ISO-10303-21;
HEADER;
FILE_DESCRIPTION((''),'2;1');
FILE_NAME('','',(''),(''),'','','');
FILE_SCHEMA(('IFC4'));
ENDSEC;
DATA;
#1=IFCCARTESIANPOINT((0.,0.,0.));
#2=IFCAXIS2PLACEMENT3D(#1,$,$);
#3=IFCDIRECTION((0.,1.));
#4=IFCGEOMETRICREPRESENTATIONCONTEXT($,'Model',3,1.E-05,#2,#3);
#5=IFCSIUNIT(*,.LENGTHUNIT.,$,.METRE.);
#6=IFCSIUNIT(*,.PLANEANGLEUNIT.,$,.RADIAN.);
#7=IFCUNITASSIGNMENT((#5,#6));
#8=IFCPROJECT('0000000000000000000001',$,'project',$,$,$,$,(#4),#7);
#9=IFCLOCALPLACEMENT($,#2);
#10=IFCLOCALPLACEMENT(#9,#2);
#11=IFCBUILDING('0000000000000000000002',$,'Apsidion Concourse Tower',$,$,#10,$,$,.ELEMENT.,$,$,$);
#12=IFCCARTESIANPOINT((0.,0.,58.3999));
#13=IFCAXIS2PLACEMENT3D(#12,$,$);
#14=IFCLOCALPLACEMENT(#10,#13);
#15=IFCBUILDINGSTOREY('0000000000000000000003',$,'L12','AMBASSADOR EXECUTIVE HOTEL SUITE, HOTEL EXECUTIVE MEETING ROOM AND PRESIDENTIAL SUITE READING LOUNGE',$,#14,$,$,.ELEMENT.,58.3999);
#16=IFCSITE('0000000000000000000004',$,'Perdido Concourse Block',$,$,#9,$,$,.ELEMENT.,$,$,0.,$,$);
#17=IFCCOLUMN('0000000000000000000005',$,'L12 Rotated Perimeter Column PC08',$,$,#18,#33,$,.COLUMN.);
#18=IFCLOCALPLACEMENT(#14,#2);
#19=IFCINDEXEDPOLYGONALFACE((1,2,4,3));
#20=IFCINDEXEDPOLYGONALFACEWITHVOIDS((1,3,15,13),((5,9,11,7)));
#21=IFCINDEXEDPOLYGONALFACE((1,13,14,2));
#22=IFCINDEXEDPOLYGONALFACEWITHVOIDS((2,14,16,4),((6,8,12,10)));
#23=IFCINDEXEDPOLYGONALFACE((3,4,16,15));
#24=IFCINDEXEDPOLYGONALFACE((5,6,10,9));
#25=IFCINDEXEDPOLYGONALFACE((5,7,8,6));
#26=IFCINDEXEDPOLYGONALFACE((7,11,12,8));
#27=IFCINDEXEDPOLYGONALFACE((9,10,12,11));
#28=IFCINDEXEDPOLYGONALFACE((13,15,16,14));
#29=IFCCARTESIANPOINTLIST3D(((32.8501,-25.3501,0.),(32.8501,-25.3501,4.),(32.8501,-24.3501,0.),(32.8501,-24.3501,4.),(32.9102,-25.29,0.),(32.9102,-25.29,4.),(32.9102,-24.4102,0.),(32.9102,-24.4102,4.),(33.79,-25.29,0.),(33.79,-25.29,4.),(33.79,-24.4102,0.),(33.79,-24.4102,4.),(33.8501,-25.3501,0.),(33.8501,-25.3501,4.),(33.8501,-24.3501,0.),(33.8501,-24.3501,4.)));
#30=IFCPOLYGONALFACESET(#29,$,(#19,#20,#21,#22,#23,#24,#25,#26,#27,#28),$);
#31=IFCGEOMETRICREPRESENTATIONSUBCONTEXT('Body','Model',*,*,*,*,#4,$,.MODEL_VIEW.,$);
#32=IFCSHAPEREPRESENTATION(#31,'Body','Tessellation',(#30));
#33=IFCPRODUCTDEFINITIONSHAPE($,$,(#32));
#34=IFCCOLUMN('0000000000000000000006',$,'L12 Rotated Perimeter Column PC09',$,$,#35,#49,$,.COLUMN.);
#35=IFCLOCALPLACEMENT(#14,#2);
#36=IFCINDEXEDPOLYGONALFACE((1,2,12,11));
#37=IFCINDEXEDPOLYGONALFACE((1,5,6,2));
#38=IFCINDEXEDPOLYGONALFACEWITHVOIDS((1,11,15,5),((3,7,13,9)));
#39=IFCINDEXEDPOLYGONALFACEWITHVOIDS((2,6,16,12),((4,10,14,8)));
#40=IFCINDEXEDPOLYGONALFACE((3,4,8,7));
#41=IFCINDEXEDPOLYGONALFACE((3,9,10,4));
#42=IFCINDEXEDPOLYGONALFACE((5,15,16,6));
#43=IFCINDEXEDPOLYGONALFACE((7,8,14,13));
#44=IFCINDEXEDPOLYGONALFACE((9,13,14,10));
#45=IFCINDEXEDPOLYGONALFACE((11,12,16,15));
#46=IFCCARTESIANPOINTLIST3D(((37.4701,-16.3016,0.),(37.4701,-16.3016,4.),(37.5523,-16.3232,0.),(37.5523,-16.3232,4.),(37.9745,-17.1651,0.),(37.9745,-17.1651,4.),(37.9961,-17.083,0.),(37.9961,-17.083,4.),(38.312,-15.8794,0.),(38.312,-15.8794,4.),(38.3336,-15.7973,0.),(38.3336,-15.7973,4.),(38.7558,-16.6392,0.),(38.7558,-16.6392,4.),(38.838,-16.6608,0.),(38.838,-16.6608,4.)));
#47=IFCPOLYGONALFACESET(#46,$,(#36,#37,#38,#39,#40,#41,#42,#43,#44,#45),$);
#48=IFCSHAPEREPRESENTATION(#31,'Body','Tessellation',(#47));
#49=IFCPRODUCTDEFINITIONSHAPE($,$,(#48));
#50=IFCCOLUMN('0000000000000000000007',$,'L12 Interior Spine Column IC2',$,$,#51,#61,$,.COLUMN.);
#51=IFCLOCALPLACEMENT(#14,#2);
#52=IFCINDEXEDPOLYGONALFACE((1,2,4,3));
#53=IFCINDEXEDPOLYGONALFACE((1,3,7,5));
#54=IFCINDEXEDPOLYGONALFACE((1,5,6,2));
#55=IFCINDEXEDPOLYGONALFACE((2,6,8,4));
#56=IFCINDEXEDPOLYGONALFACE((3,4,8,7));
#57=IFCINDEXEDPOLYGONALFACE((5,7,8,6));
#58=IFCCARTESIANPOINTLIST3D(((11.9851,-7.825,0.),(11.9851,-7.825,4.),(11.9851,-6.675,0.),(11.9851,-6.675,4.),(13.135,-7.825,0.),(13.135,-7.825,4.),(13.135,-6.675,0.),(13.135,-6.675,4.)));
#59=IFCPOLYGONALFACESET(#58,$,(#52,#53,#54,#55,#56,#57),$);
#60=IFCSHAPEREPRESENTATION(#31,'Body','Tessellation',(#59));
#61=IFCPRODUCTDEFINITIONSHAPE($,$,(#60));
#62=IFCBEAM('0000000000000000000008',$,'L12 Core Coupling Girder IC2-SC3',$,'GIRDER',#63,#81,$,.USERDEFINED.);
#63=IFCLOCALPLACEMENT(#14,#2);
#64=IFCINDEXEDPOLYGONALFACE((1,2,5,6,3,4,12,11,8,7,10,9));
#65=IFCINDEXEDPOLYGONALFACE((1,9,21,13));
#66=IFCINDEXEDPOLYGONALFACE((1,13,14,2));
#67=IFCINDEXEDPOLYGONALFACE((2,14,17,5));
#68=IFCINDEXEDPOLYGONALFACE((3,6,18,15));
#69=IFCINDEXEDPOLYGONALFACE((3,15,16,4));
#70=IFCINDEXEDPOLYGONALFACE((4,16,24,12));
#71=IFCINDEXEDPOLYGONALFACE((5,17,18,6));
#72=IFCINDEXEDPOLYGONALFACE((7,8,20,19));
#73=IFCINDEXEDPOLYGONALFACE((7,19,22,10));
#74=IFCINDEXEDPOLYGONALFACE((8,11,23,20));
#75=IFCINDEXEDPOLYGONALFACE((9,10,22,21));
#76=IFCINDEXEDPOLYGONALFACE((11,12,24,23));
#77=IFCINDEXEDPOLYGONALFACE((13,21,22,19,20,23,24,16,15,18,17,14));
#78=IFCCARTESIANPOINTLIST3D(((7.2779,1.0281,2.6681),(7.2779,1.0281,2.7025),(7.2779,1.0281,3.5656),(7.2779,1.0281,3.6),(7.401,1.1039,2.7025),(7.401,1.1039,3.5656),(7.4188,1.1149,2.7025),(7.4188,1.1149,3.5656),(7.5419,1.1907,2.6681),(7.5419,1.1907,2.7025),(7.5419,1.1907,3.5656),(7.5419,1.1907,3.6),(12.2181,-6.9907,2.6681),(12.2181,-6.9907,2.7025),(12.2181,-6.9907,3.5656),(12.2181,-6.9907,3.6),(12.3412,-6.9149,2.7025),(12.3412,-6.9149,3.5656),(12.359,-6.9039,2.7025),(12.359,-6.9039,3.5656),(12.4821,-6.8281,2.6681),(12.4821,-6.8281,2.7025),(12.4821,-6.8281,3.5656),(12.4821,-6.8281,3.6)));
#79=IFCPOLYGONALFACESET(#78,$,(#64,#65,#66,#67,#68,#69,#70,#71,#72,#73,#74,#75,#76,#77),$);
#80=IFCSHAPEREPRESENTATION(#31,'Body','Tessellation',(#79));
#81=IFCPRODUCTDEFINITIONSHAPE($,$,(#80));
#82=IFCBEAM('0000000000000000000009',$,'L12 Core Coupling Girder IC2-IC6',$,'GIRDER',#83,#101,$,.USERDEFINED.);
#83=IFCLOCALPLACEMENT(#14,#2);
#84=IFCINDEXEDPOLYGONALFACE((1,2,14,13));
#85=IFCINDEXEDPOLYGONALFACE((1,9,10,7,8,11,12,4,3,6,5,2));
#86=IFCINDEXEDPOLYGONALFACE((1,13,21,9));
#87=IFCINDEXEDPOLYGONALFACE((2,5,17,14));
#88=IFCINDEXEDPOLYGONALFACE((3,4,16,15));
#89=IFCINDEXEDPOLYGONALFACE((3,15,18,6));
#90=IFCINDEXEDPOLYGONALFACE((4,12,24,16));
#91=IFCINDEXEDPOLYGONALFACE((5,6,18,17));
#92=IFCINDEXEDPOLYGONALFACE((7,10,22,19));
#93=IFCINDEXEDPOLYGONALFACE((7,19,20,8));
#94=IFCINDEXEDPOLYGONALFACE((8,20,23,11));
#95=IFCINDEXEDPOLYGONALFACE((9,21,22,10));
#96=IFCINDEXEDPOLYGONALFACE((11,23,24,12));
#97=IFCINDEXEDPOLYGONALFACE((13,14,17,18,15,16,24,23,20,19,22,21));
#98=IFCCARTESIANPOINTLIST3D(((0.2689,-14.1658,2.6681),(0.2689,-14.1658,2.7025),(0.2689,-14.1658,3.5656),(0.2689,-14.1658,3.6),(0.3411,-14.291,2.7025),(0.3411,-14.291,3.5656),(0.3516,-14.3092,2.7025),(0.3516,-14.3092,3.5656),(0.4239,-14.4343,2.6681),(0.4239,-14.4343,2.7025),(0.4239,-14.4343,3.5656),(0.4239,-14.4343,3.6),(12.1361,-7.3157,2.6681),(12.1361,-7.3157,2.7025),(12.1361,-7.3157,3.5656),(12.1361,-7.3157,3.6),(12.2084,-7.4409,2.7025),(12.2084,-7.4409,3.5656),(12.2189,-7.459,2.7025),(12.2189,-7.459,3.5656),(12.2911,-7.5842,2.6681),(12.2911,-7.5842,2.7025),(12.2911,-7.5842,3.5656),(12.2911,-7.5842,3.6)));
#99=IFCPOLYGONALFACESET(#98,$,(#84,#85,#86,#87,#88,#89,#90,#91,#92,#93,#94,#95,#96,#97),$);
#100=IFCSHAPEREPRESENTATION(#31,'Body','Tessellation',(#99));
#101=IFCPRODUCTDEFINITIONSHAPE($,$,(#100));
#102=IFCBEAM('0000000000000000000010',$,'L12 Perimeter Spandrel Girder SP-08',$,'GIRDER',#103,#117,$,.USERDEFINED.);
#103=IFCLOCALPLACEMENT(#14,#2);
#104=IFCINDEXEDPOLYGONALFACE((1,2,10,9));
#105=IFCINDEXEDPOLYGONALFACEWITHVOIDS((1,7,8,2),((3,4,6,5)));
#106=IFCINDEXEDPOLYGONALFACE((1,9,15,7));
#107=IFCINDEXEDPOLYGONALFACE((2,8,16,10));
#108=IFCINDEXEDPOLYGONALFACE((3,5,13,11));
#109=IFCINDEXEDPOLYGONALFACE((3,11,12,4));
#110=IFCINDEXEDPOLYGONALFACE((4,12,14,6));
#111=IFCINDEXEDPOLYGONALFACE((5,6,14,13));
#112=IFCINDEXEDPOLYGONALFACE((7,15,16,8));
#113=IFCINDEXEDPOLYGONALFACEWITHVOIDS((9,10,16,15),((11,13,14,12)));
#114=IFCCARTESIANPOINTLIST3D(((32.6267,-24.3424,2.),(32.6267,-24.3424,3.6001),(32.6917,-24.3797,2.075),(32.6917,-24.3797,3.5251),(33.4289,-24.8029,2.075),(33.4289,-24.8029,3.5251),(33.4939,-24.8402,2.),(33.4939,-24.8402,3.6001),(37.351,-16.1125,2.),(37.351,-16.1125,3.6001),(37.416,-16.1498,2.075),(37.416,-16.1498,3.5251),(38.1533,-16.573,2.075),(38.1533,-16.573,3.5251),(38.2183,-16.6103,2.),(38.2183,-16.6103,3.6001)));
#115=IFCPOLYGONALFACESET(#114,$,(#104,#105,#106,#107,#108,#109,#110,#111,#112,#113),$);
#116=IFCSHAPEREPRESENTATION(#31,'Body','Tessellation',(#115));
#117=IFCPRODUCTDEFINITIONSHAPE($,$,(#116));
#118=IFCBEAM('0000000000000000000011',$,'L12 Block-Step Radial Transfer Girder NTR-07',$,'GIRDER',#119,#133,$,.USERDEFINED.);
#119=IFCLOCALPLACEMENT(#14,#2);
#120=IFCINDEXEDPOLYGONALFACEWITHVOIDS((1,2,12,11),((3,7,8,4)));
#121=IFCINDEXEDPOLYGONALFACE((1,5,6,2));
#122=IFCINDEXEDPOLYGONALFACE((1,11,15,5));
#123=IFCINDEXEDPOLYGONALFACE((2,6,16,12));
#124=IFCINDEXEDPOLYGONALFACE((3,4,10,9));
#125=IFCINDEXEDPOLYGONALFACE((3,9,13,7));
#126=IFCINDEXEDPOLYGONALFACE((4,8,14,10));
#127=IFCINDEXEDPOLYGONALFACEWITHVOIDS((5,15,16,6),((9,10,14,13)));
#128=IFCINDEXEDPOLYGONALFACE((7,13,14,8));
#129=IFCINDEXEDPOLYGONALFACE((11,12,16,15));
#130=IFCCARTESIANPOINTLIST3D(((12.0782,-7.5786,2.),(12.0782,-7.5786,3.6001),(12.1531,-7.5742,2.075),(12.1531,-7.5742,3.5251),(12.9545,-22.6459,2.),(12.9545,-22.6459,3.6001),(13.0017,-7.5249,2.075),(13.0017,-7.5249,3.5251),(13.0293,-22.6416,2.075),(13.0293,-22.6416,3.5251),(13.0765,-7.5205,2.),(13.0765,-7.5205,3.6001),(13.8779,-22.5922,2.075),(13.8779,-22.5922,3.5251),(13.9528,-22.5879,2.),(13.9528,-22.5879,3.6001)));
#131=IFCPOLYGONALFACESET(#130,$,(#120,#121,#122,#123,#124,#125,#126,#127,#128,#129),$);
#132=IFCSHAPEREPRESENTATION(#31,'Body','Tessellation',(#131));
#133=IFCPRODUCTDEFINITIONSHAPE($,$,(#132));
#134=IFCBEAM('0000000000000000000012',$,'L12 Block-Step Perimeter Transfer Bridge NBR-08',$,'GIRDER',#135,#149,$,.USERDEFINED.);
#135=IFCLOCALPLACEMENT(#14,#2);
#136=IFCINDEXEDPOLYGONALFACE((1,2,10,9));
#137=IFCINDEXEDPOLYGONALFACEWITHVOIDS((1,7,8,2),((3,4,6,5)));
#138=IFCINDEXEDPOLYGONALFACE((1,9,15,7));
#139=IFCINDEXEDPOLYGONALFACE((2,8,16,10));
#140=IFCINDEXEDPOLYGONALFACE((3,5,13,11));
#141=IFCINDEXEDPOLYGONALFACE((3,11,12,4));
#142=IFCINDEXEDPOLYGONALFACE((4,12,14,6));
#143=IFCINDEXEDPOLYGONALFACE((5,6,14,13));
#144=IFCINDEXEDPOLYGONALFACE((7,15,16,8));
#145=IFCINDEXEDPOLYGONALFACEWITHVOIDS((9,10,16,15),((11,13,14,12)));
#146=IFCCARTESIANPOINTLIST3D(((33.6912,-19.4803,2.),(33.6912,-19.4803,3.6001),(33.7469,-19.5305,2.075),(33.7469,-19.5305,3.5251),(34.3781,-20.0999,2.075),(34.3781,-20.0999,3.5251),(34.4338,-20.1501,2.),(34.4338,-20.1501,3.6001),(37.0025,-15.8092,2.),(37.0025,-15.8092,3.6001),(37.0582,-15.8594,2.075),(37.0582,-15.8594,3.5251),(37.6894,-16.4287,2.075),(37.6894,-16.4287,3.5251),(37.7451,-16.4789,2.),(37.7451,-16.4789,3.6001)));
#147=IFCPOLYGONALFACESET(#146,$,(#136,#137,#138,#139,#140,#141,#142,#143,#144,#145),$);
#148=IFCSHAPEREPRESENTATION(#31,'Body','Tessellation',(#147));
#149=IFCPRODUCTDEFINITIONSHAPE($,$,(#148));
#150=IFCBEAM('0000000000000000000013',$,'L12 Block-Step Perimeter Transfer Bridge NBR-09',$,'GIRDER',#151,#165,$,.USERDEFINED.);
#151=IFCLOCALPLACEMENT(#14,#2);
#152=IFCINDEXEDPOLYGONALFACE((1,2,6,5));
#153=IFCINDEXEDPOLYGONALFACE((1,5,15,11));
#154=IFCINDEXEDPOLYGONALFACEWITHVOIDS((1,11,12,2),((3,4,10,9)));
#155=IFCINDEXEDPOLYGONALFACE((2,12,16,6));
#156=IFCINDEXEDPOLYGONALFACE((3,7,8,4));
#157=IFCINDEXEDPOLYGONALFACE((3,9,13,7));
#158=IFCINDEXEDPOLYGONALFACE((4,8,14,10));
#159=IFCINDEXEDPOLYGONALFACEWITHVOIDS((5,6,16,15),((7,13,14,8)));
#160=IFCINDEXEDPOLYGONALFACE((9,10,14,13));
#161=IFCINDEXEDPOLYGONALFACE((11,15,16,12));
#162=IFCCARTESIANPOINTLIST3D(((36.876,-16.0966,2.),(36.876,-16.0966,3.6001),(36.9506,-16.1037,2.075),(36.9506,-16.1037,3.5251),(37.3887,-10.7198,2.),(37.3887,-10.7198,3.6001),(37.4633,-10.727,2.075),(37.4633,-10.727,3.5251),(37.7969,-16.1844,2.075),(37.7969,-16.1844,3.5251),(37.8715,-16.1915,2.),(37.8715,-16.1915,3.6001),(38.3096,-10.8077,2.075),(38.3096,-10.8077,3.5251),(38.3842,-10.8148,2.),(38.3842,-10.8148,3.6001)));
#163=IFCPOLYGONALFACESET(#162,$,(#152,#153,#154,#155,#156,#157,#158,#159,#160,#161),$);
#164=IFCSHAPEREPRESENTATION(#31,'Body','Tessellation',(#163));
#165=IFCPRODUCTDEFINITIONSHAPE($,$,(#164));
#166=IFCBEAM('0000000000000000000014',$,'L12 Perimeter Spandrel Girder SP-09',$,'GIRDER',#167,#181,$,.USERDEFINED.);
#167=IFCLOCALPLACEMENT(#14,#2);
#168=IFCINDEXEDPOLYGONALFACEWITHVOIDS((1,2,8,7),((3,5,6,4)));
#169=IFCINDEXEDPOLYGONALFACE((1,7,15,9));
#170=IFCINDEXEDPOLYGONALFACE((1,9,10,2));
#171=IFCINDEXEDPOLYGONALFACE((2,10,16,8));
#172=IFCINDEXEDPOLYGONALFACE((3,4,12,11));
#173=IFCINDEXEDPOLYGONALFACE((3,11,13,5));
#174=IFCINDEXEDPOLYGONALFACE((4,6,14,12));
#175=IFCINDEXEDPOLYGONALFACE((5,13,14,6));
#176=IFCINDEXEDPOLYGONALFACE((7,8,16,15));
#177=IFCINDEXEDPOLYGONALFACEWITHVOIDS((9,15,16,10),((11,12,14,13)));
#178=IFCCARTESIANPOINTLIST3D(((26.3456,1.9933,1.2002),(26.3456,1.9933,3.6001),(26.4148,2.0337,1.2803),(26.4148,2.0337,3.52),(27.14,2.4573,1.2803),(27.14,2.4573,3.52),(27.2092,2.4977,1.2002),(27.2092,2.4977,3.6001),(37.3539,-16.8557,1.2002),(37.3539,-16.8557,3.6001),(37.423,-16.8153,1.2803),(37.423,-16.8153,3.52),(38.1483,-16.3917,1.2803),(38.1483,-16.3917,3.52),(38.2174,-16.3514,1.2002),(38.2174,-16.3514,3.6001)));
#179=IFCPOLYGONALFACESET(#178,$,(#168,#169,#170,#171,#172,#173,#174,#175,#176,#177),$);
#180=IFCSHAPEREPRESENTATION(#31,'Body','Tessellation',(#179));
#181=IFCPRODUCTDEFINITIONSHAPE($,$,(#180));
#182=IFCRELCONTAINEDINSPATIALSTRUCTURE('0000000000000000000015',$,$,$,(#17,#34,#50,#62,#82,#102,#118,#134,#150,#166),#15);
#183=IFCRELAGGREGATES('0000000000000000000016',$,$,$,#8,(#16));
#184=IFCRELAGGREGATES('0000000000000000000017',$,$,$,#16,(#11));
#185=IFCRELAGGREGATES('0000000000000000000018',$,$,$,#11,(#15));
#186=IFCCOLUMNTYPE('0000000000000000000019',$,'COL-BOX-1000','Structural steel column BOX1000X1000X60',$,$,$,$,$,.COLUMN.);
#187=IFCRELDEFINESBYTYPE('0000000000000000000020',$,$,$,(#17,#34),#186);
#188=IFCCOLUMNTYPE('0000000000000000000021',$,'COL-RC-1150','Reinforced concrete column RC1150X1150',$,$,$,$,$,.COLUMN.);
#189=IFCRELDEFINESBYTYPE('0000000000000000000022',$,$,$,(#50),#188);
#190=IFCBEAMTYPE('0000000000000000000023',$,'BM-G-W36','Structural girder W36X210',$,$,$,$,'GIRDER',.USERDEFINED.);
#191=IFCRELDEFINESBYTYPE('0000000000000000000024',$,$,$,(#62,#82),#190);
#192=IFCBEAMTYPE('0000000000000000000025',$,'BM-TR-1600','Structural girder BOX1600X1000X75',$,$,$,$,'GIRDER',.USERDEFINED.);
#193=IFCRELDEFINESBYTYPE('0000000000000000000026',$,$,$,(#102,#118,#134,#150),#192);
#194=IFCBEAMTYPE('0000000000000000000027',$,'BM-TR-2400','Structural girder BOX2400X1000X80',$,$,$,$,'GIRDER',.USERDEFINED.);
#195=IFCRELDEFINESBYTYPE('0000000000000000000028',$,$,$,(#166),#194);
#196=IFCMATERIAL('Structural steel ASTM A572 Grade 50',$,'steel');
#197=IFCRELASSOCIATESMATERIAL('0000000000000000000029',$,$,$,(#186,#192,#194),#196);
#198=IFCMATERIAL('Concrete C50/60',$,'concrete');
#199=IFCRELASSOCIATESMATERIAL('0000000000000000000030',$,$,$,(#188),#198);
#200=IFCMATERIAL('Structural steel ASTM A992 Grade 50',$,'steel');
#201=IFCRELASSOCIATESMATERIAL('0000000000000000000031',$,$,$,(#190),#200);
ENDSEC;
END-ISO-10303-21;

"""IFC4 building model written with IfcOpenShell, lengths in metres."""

from ifc_helpers import new_model, si_unit, direction, frame, origin, origin_2d, place, context, subcontext, project, spatial, rectangle, hollow_rectangle, i_section, extrude, material, material_profile, profile_set, type_object, element, save


model = new_model("IFC4")

# Units and contexts
model_context = context("Model", 3, precision=1e-05, world=origin(), true_north=direction((0.0, 1.0)))
body_context = subcontext(model_context, "Body", "Model", "MODEL_VIEW")
ifc_project = project(units=[si_unit("LENGTHUNIT", "METRE"), si_unit("PLANEANGLEUNIT", "RADIAN")], contexts=[model_context])

# Site, building, storey
site_placement = place(None, origin())
site = spatial("IfcSite", under=ifc_project, at=site_placement, Name="Perdido Concourse Block", CompositionType="ELEMENT", RefElevation=0.0)
building_placement = place(site_placement, origin())
building = spatial("IfcBuilding", under=site, at=building_placement, Name="Apsidion Concourse Tower", CompositionType="ELEMENT")
storey_placement = place(building_placement, frame((0.0, 0.0, 58.3999)))
storey = spatial("IfcBuildingStorey", under=building, at=storey_placement, Name="L12", Description="AMBASSADOR EXECUTIVE HOTEL SUITE, HOTEL EXECUTIVE MEETING ROOM AND PRESIDENTIAL SUITE READING LOUNGE", CompositionType="ELEMENT", Elevation=58.3999)

# Columns
ifc_material_1 = material(Name="Structural steel ASTM A572 Grade 50", Category="steel")
ifc_material_profile_1 = material_profile(ifc_material_1, hollow_rectangle(XDim=1.0, YDim=1.0, WallThickness=0.0601, at=origin_2d()), Name="BOX1000X1000X60")
ifc_profile_set_1 = profile_set([ifc_material_profile_1], Name="Structural steel ASTM A572 Grade 50")
column_type_1 = type_object("IfcColumnType", Name="COL-BOX-1000", Description="Structural steel column BOX1000X1000X60", PredefinedType="COLUMN", material=ifc_profile_set_1)
for number, where, z_axis, x_axis, name in (
    (1, (33.3501, -24.8501, 0.0), (0.0, 0.0, 1.0), (1.0, 0.0, 0.0), "L12 Rotated Perimeter Column PC08"),
    (2, (38.1541, -16.4812, 0.0), (0.0, 0.0, 1.0), (-0.504377, 0.863484, 0.0), "L12 Rotated Perimeter Column PC09"),
):
    element("IfcColumn", number, at=place(storey_placement, frame(where, z_axis=z_axis, x_axis=x_axis)), inside=storey, type_object=column_type_1, Name=name, PredefinedType="COLUMN", context=body_context, shape_type="SweptSolid", body=[
        extrude(hollow_rectangle(XDim=1.0, YDim=1.0, WallThickness=0.0601, at=origin_2d()), origin(), (0.0, 0.0, 1.0), 4.0),
    ])
ifc_material_2 = material(Name="Concrete C50/60", Category="concrete")
ifc_material_profile_2 = material_profile(ifc_material_2, rectangle(XDim=1.1499, YDim=1.1499, at=origin_2d()), Name="RC 1150x1150")
ifc_profile_set_2 = profile_set([ifc_material_profile_2], Name="Concrete C50/60")
column_type_2 = type_object("IfcColumnType", Name="COL-RC-1150", Description="Reinforced concrete column RC1150X1150", PredefinedType="COLUMN", material=ifc_profile_set_2)
column_placement = place(storey_placement, frame((12.5601, -7.25, 0.0), z_axis=(0.0, 0.0, 1.0), x_axis=(1.0, 0.0, 0.0)))
element("IfcColumn", 3, at=column_placement, inside=storey, type_object=column_type_2, Name="L12 Interior Spine Column IC2", PredefinedType="COLUMN", context=body_context, shape_type="SweptSolid", body=[
    extrude(rectangle(XDim=1.1499, YDim=1.1499, at=origin_2d()), origin(), (0.0, 0.0, 1.0), 4.0),
])

# Beams
ifc_material_3 = material(Name="Structural steel ASTM A992 Grade 50", Category="steel")
ifc_material_profile_3 = material_profile(ifc_material_3, i_section(OverallWidth=0.3101, OverallDepth=0.9319, WebThickness=0.021, FlangeThickness=0.0344, at=origin_2d()), Name="W36X210")
ifc_profile_set_3 = profile_set([ifc_material_profile_3], Name="Structural steel ASTM A992 Grade 50")
beam_type_1 = type_object("IfcBeamType", Name="BM-G-W36", Description="Structural girder W36X210", ElementType="GIRDER", PredefinedType="USERDEFINED", material=ifc_profile_set_3)
beam_1_placement = place(storey_placement, frame((12.3501, -6.9094, 3.134), z_axis=(-0.524524, 0.851396, 0.0), x_axis=(-0.851396, -0.524524, 0.0)))
element("IfcBeam", 4, at=beam_1_placement, inside=storey, type_object=beam_type_1, Name="L12 Core Coupling Girder IC2-SC3", ObjectType="GIRDER", PredefinedType="USERDEFINED", context=body_context, shape_type="SweptSolid", body=[
    extrude(i_section(OverallWidth=0.3101, OverallDepth=0.9319, WebThickness=0.021, FlangeThickness=0.0344, at=origin_2d()), origin(), (0.0, 0.0, 1.0), 9.4185),
])
beam_2_placement = place(storey_placement, frame((12.2136, -7.45, 3.134), z_axis=(-0.86607, -0.499922, 0.0), x_axis=(0.499922, -0.86607, 0.0)))
element("IfcBeam", 5, at=beam_2_placement, inside=storey, type_object=beam_type_1, Name="L12 Core Coupling Girder IC2-IC6", ObjectType="GIRDER", PredefinedType="USERDEFINED", context=body_context, shape_type="SweptSolid", body=[
    extrude(i_section(OverallWidth=0.3101, OverallDepth=0.9319, WebThickness=0.021, FlangeThickness=0.0344, at=origin_2d()), origin(), (0.0, 0.0, 1.0), 13.7024),
])
ifc_material_profile_4 = material_profile(ifc_material_1, hollow_rectangle(XDim=1.0, YDim=1.6001, WallThickness=0.075, at=origin_2d()), Name="BOX1600X1000X75")
ifc_profile_set_4 = profile_set([ifc_material_profile_4], Name="Structural steel ASTM A572 Grade 50")
beam_type_2 = type_object("IfcBeamType", Name="BM-TR-1600", Description="Structural girder BOX1600X1000X75", ElementType="GIRDER", PredefinedType="USERDEFINED", material=ifc_profile_set_4)
beam_3_placement = place(storey_placement, frame((33.0603, -24.5913, 2.8), z_axis=(0.497847, 0.867265, 0.0), x_axis=(-0.867265, 0.497847, 0.0)))
element("IfcBeam", 6, at=beam_3_placement, inside=storey, type_object=beam_type_2, Name="L12 Perimeter Spandrel Girder SP-08", ObjectType="GIRDER", PredefinedType="USERDEFINED", context=body_context, shape_type="SweptSolid", body=[
    extrude(hollow_rectangle(XDim=1.0, YDim=1.6001, WallThickness=0.075, at=origin_2d()), origin(), (0.0, 0.0, 1.0), 9.4895),
])
beam_4_placement = place(storey_placement, frame((12.5774, -7.5496, 2.8), z_axis=(0.058055, -0.998313, 0.0), x_axis=(0.998313, 0.058055, 0.0)))
element("IfcBeam", 7, at=beam_4_placement, inside=storey, type_object=beam_type_2, Name="L12 Block-Step Radial Transfer Girder NTR-07", ObjectType="GIRDER", PredefinedType="USERDEFINED", context=body_context, shape_type="SweptSolid", body=[
    extrude(hollow_rectangle(XDim=1.0, YDim=1.6001, WallThickness=0.075, at=origin_2d()), origin(), (0.0, 0.0, 1.0), 15.0928),
])
beam_5_placement = place(storey_placement, frame((37.3738, -16.144, 2.8), z_axis=(-0.669775, -0.742564, 0.0), x_axis=(0.742564, -0.669775, 0.0)))
element("IfcBeam", 8, at=beam_5_placement, inside=storey, type_object=beam_type_2, Name="L12 Block-Step Perimeter Transfer Bridge NBR-08", ObjectType="GIRDER", PredefinedType="USERDEFINED", context=body_context, shape_type="SweptSolid", body=[
    extrude(hollow_rectangle(XDim=1.0, YDim=1.6001, WallThickness=0.075, at=origin_2d()), origin(), (0.0, 0.0, 1.0), 4.9438),
])
beam_6_placement = place(storey_placement, frame((37.3738, -16.144, 2.8), z_axis=(0.094924, 0.995484, 0.0), x_axis=(-0.995484, 0.094924, 0.0)))
element("IfcBeam", 9, at=beam_6_placement, inside=storey, type_object=beam_type_2, Name="L12 Block-Step Perimeter Transfer Bridge NBR-09", ObjectType="GIRDER", PredefinedType="USERDEFINED", context=body_context, shape_type="SweptSolid", body=[
    extrude(hollow_rectangle(XDim=1.0, YDim=1.6001, WallThickness=0.075, at=origin_2d()), origin(), (0.0, 0.0, 1.0), 5.4011),
])
ifc_material_profile_5 = material_profile(ifc_material_1, hollow_rectangle(XDim=1.0, YDim=2.3999, WallThickness=0.0801, at=origin_2d()), Name="BOX2400X1000X80")
ifc_profile_set_5 = profile_set([ifc_material_profile_5], Name="Structural steel ASTM A572 Grade 50")
beam_type_3 = type_object("IfcBeamType", Name="BM-TR-2400", Description="Structural girder BOX2400X1000X80", ElementType="GIRDER", PredefinedType="USERDEFINED", material=ifc_profile_set_5)
beam_7_placement = place(storey_placement, frame((37.7856, -16.6035, 2.4001), z_axis=(-0.504315, 0.86352, 0.0), x_axis=(-0.86352, -0.504315, 0.0)))
element("IfcBeam", 10, at=beam_7_placement, inside=storey, type_object=beam_type_3, Name="L12 Perimeter Spandrel Girder SP-09", ObjectType="GIRDER", PredefinedType="USERDEFINED", context=body_context, shape_type="SweptSolid", body=[
    extrude(hollow_rectangle(XDim=1.0, YDim=2.3999, WallThickness=0.0801, at=origin_2d()), origin(), (0.0, 0.0, 1.0), 21.8281),
])

save(model, "model.ifc")
